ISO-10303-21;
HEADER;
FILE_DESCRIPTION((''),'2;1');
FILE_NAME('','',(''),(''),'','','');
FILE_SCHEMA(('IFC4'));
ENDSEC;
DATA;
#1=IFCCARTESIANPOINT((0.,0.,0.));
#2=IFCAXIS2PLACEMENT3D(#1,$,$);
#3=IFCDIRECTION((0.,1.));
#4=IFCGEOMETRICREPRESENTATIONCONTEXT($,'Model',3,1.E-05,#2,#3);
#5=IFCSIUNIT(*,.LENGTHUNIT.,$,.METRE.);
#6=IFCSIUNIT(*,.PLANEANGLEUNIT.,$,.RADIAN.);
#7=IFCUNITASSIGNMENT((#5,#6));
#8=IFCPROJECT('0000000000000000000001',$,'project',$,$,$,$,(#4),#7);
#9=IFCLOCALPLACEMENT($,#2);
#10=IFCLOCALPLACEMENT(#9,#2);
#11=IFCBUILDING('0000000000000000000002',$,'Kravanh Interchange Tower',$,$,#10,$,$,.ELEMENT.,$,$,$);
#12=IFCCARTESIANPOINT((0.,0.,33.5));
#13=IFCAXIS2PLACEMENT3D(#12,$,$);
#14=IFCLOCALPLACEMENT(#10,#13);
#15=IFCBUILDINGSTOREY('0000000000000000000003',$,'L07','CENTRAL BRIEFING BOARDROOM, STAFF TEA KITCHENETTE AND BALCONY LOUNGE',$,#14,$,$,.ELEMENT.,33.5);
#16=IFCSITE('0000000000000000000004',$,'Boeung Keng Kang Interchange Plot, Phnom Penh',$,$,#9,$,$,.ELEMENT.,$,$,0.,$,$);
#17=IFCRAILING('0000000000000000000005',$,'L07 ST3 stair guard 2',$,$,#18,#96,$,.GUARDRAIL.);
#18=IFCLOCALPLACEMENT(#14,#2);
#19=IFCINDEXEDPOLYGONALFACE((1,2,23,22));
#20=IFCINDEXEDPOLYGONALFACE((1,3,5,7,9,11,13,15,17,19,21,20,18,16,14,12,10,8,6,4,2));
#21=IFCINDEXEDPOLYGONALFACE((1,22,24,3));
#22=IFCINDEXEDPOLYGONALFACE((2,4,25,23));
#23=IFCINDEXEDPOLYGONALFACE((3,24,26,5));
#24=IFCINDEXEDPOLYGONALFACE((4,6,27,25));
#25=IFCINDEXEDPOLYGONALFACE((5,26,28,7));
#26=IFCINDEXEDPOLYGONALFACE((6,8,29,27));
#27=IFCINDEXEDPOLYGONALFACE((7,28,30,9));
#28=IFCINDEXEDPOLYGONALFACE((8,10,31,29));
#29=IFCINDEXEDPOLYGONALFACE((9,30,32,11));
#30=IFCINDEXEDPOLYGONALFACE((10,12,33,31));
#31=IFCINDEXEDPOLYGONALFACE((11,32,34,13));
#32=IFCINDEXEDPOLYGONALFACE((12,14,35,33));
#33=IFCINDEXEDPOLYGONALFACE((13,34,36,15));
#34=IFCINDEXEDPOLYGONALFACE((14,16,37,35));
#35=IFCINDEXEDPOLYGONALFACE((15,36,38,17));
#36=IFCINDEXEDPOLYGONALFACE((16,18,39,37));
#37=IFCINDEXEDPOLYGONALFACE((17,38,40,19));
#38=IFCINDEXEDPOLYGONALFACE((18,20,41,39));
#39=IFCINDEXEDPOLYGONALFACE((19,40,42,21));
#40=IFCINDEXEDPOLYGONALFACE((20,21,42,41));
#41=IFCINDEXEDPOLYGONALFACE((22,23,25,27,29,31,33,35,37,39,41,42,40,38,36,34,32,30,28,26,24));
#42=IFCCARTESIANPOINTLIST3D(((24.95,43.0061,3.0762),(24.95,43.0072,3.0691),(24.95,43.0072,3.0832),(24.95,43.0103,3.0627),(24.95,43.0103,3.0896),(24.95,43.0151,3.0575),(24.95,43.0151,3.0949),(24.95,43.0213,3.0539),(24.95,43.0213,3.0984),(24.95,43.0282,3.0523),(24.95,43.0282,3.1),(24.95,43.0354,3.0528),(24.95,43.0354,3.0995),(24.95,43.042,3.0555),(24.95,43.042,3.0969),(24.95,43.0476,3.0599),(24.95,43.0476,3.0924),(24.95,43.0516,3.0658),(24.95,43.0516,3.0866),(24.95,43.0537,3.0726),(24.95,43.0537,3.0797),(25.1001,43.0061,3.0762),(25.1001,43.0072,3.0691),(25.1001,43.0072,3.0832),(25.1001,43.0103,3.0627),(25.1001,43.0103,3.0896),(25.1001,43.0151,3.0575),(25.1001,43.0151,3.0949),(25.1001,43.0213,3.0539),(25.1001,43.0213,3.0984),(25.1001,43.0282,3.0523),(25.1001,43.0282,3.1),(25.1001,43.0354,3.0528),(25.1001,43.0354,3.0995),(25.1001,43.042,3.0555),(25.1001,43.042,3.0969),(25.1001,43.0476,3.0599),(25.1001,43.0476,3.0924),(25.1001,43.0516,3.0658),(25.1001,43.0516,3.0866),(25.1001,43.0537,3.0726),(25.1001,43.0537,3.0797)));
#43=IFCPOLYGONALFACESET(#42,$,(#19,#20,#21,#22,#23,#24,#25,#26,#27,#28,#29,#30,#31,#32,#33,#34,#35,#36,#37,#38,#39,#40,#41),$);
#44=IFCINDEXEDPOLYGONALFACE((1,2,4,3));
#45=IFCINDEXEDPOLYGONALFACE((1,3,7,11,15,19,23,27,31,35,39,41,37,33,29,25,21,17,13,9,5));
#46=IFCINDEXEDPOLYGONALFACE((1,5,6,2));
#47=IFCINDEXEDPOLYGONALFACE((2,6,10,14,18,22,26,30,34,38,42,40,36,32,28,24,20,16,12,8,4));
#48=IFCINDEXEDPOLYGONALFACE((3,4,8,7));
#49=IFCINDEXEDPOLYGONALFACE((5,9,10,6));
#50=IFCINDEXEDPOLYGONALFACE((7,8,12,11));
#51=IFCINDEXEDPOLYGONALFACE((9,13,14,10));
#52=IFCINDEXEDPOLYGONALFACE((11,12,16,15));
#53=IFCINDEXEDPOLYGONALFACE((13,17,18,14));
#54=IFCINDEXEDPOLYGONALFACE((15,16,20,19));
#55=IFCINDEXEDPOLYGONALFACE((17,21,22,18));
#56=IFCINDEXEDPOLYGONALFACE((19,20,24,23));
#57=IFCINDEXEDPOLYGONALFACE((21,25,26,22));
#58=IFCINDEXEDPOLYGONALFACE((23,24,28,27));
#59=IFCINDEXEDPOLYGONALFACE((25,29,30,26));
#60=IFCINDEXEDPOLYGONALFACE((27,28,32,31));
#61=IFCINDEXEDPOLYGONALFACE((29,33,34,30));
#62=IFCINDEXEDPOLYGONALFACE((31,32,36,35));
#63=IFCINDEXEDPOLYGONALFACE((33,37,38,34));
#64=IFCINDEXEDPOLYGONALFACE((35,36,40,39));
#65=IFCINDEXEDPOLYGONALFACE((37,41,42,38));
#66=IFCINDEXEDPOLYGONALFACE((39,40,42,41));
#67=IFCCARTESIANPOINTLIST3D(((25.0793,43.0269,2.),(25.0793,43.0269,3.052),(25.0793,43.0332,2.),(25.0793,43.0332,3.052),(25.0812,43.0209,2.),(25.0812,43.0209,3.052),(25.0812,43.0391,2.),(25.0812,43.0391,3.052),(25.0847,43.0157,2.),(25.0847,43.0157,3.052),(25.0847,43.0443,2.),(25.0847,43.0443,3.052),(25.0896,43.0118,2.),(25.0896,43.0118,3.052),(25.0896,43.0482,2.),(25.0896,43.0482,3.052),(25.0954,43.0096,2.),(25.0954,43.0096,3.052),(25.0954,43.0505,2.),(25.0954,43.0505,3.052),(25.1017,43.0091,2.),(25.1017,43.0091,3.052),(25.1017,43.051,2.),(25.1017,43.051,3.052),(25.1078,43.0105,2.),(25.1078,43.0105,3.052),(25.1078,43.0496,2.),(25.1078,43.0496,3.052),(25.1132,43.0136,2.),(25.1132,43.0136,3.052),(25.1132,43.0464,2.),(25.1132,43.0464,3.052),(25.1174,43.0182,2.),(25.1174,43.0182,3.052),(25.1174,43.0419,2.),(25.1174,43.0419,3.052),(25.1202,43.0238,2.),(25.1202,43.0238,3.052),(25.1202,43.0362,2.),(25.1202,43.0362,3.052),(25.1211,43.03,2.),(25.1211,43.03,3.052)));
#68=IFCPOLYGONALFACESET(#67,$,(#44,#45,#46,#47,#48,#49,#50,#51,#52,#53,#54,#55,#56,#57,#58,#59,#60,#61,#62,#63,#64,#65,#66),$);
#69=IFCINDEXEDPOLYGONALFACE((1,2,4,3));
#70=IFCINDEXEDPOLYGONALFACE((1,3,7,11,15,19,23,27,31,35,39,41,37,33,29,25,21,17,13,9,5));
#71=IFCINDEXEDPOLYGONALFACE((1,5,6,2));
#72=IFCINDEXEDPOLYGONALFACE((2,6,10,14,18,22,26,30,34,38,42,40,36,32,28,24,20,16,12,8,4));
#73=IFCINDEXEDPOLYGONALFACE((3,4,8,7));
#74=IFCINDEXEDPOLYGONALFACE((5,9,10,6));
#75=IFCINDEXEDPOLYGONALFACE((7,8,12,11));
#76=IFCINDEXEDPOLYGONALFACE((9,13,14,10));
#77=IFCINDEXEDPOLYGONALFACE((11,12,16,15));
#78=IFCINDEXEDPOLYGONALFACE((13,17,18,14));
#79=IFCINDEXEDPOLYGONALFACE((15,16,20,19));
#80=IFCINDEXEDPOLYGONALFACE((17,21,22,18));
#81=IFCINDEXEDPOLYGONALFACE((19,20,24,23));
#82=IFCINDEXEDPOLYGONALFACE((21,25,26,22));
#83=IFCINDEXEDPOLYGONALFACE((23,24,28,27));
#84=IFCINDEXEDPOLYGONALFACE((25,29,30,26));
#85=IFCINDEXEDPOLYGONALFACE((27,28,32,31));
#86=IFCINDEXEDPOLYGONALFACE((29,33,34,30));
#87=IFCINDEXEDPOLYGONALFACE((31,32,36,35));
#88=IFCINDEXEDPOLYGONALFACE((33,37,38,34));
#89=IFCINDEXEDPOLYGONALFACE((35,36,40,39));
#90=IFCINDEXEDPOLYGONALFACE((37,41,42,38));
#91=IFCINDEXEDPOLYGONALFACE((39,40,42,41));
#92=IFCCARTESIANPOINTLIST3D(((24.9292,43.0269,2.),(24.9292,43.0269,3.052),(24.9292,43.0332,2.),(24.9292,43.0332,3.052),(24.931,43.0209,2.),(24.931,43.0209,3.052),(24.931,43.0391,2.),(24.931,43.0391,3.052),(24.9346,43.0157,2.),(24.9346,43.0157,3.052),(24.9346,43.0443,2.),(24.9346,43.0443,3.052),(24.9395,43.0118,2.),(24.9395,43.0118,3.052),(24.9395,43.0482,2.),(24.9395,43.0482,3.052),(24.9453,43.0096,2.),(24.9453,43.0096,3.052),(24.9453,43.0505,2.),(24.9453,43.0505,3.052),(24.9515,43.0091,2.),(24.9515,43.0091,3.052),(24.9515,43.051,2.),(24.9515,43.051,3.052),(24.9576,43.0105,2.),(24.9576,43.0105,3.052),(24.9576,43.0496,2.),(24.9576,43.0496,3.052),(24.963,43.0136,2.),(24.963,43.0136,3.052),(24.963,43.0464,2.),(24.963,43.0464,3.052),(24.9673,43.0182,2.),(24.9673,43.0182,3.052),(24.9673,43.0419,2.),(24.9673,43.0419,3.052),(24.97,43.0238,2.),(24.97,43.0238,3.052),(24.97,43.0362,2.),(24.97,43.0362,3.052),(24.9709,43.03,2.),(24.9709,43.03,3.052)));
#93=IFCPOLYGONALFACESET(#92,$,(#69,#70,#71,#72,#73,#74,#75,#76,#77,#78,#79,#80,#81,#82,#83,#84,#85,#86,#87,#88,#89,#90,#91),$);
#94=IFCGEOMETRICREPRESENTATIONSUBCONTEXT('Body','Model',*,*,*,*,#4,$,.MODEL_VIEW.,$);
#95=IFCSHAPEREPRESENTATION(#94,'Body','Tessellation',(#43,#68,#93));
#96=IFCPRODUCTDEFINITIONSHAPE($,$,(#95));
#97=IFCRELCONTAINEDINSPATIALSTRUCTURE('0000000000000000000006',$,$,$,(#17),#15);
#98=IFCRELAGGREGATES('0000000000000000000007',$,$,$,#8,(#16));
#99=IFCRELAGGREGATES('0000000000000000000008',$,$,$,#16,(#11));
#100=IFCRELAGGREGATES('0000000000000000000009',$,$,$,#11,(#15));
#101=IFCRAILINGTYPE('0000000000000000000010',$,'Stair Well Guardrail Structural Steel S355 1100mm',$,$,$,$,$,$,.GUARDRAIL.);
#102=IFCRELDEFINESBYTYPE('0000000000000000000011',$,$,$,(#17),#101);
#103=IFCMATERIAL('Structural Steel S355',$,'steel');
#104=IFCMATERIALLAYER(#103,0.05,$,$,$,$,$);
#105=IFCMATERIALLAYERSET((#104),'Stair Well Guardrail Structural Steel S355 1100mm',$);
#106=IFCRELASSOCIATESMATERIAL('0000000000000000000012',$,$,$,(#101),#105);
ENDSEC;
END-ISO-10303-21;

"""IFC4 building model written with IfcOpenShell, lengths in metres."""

from ifc_helpers import new_model, si_unit, direction, frame, origin, origin_2d, place, context, subcontext, project, spatial, circle, extrude, material, layer, layer_set, type_object, element, save


model = new_model("IFC4")

# Units and contexts
model_context = context("Model", 3, precision=1e-05, world=origin(), true_north=direction((0.0, 1.0)))
body_context = subcontext(model_context, "Body", "Model", "MODEL_VIEW")
ifc_project = project(units=[si_unit("LENGTHUNIT", "METRE"), si_unit("PLANEANGLEUNIT", "RADIAN")], contexts=[model_context])

# Site, building, storey
site_placement = place(None, origin())
site = spatial("IfcSite", under=ifc_project, at=site_placement, Name="Boeung Keng Kang Interchange Plot, Phnom Penh", CompositionType="ELEMENT", RefElevation=0.0)
building_placement = place(site_placement, origin())
building = spatial("IfcBuilding", under=site, at=building_placement, Name="Kravanh Interchange Tower", CompositionType="ELEMENT")
storey_placement = place(building_placement, frame((0.0, 0.0, 33.5)))
storey = spatial("IfcBuildingStorey", under=building, at=storey_placement, Name="L07", Description="CENTRAL BRIEFING BOARDROOM, STAFF TEA KITCHENETTE AND BALCONY LOUNGE", CompositionType="ELEMENT", Elevation=33.5)

# Railing
ifc_material_1 = material(Name="Structural Steel S355", Category="steel")
ifc_layer_1 = layer(ifc_material_1, 0.05)
ifc_layer_set_1 = layer_set([ifc_layer_1], Name="Stair Well Guardrail Structural Steel S355 1100mm")
railing_type_1 = type_object("IfcRailingType", Name="Stair Well Guardrail Structural Steel S355 1100mm", PredefinedType="GUARDRAIL", material=ifc_layer_set_1)
railing_1_placement = place(storey_placement, frame((25.1001, 43.03, 2.0)))
element("IfcRailing", 1, at=railing_1_placement, inside=storey, type_object=railing_type_1, Name="L07 ST3 stair guard 2", PredefinedType="GUARDRAIL", context=body_context, shape_type="SweptSolid", body=[
    extrude(circle(Radius=0.0239, at=origin_2d()), frame((0.0, 0.0, 1.0762), z_axis=(-1.0, 0.0, 0.0), x_axis=(0.0, -1.0, 0.0)), (0.0, 0.0, 1.0), 0.1501),
    extrude(circle(Radius=0.021, at=origin_2d()), origin(), (0.0, 0.0, 1.0), 1.052),
    extrude(circle(Radius=0.021, at=origin_2d()), frame((-0.1501, 0.0, 0.0)), (0.0, 0.0, 1.0), 1.052),
])

save(model, "model.ifc")
